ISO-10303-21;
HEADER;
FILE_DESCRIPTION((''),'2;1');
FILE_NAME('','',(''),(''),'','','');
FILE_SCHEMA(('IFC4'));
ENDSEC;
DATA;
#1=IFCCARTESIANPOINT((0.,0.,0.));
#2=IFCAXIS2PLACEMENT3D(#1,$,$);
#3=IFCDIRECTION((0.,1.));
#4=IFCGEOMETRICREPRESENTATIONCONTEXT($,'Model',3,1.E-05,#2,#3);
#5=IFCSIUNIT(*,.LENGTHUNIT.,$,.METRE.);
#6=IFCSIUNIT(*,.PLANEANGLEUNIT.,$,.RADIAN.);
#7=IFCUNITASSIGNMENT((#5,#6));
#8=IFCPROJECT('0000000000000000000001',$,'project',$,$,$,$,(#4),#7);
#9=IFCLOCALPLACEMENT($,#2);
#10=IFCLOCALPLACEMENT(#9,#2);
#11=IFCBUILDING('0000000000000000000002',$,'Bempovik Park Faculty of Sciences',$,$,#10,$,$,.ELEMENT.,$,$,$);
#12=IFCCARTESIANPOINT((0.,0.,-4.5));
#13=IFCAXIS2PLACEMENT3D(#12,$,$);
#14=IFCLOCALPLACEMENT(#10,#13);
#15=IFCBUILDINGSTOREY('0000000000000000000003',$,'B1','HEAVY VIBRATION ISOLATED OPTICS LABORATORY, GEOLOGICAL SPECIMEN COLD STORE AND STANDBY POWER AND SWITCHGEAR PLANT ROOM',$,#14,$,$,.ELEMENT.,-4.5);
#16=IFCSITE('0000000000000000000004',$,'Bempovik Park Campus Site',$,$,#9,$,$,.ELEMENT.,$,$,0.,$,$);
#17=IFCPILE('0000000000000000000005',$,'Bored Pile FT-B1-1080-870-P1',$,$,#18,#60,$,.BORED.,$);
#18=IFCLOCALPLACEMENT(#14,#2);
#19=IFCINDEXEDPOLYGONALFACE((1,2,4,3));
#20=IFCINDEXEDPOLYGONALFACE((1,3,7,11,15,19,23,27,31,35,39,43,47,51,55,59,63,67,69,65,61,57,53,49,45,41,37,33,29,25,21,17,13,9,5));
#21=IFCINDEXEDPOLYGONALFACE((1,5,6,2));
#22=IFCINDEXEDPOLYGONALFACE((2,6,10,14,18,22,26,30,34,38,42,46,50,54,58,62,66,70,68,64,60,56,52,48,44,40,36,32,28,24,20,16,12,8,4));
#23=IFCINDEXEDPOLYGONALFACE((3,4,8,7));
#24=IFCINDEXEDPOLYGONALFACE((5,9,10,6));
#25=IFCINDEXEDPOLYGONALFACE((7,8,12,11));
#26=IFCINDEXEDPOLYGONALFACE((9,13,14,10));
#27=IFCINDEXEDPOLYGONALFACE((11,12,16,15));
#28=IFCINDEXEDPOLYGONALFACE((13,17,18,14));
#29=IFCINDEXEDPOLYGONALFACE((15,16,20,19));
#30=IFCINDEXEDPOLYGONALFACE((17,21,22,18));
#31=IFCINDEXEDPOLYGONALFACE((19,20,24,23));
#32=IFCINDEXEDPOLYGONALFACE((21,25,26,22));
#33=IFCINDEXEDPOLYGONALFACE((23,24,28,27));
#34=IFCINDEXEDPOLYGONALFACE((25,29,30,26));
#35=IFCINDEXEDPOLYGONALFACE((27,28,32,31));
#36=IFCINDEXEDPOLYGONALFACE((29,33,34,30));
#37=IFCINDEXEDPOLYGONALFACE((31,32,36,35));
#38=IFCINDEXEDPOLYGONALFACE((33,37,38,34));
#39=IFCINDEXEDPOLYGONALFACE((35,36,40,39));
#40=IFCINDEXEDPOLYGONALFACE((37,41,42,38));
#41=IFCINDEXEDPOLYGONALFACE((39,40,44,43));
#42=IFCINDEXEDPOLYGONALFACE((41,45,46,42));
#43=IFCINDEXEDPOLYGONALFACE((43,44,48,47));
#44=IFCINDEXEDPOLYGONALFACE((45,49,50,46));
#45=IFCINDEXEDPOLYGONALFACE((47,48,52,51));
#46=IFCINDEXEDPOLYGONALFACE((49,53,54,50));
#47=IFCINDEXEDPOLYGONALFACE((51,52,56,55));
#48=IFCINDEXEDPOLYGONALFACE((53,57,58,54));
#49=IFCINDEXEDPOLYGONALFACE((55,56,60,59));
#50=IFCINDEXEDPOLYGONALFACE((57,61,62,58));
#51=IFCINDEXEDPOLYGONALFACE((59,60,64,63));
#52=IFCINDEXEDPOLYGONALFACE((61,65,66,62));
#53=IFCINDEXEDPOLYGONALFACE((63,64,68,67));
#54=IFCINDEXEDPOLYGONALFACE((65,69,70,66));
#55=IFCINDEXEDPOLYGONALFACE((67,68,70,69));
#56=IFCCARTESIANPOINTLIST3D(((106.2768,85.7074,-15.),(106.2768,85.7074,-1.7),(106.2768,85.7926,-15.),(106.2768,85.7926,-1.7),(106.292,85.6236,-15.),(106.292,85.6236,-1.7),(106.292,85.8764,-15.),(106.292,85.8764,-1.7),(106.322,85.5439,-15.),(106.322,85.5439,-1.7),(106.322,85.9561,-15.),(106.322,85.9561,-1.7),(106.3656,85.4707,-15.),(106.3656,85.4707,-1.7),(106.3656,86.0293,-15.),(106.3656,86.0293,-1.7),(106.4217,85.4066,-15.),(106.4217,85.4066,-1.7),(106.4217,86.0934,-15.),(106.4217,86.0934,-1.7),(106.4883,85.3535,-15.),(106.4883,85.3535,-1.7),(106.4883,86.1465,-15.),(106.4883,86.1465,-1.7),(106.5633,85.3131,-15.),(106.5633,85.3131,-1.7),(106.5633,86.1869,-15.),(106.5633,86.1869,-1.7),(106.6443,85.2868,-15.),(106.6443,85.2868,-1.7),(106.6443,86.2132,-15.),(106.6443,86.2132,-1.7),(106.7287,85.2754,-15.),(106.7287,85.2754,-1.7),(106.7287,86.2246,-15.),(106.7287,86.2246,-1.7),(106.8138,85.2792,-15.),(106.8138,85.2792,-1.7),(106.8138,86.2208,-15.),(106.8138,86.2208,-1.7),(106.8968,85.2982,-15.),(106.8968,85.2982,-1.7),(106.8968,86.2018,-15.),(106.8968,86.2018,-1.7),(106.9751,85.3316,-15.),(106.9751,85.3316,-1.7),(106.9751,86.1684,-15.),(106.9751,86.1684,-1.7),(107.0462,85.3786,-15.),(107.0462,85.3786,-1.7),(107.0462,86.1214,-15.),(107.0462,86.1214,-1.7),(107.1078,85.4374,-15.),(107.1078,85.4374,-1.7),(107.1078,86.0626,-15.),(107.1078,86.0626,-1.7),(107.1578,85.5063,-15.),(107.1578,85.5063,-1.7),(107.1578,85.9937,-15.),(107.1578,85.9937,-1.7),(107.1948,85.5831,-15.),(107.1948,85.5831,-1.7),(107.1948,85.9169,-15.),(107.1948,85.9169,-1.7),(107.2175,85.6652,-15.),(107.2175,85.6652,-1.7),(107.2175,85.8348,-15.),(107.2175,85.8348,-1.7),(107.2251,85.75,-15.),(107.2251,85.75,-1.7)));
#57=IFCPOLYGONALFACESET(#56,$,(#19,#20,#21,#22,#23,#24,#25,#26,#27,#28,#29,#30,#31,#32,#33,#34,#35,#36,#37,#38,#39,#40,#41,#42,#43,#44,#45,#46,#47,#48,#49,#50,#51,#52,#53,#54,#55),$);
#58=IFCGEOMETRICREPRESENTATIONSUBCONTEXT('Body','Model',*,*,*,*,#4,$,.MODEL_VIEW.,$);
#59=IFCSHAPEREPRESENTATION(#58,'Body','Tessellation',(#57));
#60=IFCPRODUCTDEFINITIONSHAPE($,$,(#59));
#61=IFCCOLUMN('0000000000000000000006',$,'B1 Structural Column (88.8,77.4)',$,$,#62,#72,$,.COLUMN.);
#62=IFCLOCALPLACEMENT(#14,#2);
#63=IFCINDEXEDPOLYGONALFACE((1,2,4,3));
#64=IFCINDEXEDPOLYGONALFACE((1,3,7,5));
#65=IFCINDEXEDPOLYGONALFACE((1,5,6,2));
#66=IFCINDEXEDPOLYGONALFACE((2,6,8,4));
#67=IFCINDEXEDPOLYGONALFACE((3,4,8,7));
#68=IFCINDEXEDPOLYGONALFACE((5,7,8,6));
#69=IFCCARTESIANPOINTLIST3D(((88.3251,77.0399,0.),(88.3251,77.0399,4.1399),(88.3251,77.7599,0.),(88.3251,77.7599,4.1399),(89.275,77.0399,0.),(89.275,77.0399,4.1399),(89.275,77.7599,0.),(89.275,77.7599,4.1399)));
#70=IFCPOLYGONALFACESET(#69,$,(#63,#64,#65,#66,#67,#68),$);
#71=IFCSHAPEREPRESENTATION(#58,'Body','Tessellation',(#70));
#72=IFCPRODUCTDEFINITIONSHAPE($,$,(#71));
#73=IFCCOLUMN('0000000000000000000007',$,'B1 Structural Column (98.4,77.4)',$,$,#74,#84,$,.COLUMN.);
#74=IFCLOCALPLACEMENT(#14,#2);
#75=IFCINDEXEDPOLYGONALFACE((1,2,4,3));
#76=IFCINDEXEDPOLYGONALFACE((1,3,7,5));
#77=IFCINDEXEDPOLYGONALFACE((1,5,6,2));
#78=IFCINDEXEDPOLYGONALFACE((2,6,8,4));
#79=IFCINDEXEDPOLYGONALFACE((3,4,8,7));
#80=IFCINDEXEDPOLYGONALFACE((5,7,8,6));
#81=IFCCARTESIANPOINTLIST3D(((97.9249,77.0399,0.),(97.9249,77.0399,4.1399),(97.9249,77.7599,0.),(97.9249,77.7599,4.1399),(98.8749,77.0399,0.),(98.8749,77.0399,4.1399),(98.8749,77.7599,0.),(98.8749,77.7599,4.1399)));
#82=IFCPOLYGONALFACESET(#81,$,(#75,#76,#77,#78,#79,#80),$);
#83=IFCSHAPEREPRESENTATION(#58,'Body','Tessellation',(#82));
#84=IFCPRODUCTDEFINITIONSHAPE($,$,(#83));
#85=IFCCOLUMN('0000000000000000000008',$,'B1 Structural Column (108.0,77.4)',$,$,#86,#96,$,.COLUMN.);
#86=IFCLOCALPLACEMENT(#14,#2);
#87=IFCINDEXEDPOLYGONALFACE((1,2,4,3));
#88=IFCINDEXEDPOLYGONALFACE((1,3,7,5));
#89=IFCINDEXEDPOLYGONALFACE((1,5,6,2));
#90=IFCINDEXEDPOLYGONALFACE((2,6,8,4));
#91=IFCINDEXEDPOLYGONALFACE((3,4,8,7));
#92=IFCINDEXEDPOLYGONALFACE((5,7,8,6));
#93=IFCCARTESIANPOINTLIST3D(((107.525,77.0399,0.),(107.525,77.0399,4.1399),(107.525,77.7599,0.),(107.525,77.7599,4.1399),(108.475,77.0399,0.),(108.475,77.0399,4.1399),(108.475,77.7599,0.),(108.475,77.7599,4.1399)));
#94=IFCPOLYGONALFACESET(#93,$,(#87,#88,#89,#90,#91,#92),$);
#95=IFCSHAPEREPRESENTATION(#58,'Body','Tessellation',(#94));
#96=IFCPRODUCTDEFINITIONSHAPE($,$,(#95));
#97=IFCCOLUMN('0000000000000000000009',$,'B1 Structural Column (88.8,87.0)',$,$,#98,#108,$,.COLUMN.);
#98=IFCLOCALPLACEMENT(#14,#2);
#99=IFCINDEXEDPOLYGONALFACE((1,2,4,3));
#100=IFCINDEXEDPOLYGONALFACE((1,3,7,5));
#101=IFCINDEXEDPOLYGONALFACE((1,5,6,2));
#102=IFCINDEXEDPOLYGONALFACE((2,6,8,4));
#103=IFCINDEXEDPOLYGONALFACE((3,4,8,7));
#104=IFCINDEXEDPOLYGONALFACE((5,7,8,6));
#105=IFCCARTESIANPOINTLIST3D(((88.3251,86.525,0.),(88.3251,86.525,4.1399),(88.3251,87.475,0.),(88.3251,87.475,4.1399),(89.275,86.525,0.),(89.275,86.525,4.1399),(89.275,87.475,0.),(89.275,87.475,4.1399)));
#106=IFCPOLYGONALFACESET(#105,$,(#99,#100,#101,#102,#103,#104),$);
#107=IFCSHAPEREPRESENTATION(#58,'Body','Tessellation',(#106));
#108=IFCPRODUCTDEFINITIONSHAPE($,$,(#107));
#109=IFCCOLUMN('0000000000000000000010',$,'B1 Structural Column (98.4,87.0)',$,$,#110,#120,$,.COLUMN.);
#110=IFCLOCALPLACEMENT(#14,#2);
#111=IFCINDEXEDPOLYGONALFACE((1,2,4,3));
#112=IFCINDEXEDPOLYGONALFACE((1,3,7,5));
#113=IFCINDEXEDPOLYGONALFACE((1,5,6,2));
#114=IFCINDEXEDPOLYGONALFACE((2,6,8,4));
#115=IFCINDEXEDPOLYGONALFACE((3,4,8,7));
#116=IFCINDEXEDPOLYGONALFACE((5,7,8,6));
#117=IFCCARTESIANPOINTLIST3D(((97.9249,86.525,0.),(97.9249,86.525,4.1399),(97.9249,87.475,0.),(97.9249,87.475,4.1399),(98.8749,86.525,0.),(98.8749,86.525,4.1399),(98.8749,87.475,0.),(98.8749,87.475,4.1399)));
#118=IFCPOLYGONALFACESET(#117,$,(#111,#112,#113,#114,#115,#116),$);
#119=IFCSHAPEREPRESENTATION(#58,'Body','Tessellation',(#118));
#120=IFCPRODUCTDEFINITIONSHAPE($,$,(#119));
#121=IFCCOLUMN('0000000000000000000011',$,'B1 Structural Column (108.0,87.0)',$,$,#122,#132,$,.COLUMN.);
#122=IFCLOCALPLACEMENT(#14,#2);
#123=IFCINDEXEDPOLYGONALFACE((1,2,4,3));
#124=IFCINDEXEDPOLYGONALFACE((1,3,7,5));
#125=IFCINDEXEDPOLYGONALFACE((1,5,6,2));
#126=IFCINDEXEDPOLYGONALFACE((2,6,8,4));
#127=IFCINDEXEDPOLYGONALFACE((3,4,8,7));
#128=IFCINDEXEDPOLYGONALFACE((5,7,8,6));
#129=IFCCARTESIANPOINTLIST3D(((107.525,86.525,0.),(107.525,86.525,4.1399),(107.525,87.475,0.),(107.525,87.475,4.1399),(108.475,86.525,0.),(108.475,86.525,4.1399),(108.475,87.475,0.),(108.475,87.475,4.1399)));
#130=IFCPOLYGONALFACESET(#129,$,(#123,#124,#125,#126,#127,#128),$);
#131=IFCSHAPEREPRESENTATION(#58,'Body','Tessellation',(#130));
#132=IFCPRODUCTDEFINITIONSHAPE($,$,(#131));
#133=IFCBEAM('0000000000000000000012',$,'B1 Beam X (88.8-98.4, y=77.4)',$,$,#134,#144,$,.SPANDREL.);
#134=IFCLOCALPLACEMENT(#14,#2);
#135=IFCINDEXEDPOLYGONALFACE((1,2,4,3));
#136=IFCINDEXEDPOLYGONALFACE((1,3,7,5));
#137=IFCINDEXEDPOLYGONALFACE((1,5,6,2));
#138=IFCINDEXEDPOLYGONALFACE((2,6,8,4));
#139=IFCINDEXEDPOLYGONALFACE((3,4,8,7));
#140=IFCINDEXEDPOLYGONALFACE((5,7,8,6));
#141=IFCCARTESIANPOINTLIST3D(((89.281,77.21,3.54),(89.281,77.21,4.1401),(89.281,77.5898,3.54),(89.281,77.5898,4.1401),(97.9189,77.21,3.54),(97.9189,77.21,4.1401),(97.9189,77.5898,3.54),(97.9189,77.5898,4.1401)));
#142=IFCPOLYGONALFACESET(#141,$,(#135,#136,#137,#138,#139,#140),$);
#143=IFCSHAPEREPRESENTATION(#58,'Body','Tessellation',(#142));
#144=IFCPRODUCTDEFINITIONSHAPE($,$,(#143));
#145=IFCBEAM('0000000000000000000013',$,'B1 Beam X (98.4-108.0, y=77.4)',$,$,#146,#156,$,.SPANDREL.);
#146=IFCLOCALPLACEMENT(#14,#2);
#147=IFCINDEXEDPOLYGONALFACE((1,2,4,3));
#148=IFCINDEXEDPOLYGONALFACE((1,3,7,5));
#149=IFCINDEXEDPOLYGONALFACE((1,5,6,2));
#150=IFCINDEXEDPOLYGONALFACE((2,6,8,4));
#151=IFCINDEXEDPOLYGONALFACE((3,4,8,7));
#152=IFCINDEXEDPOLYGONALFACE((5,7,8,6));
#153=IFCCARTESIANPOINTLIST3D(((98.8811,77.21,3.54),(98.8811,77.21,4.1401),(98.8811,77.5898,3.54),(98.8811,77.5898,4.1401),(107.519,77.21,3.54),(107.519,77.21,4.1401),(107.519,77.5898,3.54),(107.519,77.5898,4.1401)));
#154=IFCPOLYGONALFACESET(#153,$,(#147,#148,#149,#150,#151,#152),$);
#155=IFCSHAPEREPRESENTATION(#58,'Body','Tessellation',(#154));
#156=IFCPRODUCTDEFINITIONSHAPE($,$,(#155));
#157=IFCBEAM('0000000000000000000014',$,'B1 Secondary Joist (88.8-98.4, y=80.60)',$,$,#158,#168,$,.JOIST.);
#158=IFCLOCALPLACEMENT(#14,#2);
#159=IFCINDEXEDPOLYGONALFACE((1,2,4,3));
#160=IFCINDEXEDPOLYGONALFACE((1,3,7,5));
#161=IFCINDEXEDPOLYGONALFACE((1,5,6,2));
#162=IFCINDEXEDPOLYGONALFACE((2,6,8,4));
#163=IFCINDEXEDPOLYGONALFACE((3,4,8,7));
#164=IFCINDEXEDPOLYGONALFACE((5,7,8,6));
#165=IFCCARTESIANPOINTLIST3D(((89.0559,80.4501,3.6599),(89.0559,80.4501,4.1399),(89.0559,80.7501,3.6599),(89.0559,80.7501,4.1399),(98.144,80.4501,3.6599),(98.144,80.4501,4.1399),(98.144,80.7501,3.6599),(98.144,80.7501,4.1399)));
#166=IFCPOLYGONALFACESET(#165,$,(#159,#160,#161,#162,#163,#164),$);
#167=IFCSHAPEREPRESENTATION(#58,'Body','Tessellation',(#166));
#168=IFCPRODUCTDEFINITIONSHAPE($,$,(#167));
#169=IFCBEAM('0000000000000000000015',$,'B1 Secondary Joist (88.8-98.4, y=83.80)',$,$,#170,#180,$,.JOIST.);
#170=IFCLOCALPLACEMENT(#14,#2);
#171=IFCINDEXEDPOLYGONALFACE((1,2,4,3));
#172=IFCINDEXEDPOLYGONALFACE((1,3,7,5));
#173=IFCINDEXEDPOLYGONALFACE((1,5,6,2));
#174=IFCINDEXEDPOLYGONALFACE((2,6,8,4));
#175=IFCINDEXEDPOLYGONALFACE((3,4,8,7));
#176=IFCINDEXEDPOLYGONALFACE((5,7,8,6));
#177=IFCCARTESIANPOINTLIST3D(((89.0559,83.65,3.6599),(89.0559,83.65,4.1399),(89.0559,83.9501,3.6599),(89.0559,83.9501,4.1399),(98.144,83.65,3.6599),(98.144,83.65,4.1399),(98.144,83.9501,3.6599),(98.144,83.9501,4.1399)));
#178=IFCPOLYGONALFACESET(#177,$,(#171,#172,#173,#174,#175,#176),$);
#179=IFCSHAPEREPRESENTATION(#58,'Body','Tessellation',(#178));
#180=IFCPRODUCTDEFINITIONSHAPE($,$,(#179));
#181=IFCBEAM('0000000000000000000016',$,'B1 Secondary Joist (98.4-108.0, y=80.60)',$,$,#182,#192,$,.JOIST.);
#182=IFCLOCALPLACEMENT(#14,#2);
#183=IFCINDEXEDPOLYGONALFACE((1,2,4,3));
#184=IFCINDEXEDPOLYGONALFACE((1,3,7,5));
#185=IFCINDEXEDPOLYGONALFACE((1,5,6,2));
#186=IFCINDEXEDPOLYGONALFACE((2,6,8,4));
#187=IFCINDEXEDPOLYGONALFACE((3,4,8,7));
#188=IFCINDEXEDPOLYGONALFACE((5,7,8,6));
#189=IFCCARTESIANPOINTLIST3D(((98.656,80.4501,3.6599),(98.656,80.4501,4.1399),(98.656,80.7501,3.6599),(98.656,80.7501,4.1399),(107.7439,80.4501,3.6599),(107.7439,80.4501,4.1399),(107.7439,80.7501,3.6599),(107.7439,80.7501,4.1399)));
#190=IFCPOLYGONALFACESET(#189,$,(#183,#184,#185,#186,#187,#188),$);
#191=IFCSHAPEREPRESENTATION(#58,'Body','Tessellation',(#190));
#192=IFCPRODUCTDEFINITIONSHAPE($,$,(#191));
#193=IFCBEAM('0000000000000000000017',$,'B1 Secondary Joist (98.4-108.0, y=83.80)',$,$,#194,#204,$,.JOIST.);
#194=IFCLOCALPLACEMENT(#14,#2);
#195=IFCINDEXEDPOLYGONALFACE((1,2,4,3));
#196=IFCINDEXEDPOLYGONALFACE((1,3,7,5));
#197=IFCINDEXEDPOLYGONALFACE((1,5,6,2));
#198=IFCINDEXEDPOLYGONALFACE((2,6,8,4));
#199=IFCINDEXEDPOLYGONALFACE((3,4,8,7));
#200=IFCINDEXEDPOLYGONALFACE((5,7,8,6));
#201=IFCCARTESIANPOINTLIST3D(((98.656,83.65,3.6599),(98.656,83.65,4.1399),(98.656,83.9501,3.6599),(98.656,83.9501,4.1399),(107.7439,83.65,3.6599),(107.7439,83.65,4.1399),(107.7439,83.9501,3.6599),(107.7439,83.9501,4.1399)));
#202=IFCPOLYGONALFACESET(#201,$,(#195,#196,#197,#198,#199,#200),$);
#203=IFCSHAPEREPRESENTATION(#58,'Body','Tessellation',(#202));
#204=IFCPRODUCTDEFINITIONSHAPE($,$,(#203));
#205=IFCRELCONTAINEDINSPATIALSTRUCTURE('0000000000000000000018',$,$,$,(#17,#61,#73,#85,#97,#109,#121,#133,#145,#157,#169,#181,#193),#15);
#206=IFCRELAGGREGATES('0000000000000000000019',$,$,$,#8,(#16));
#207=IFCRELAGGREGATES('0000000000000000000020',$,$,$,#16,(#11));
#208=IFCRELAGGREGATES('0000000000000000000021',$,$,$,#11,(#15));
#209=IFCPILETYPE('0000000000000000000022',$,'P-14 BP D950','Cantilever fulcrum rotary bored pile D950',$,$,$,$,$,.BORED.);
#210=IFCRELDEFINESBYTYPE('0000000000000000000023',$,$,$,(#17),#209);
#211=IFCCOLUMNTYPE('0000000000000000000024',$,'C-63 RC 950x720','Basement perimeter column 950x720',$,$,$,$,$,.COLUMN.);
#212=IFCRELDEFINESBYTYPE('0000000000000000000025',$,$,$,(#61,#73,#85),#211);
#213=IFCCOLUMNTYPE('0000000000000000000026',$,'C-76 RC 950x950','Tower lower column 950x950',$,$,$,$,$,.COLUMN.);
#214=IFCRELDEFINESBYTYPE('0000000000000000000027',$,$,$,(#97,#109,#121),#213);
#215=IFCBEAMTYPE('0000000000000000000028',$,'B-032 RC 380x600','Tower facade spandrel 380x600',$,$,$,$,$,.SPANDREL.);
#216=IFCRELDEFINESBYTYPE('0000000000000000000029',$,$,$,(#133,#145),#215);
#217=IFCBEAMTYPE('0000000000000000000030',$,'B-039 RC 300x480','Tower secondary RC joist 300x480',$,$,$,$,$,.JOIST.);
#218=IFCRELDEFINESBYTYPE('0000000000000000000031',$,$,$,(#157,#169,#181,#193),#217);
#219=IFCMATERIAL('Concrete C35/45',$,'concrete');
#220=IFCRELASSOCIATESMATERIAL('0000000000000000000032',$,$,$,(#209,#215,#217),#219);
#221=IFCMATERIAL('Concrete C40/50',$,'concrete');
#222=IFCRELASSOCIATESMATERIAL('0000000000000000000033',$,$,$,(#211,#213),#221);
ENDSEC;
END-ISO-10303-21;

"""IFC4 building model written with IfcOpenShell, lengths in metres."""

from ifc_helpers import new_model, si_unit, direction, frame, origin, origin_2d, place, context, subcontext, project, spatial, rectangle, circle, extrude, material, material_profile, profile_set, type_object, element, save


model = new_model("IFC4")

# Units and contexts
model_context = context("Model", 3, precision=1e-05, world=origin(), true_north=direction((0.0, 1.0)))
body_context = subcontext(model_context, "Body", "Model", "MODEL_VIEW")
ifc_project = project(units=[si_unit("LENGTHUNIT", "METRE"), si_unit("PLANEANGLEUNIT", "RADIAN")], contexts=[model_context])

# Site, building, storey
site_placement = place(None, origin())
site = spatial("IfcSite", under=ifc_project, at=site_placement, Name="Bempovik Park Campus Site", CompositionType="ELEMENT", RefElevation=0.0)
building_placement = place(site_placement, origin())
building = spatial("IfcBuilding", under=site, at=building_placement, Name="Bempovik Park Faculty of Sciences", CompositionType="ELEMENT")
storey_placement = place(building_placement, frame((0.0, 0.0, -4.5)))
storey = spatial("IfcBuildingStorey", under=building, at=storey_placement, Name="B1", Description="HEAVY VIBRATION ISOLATED OPTICS LABORATORY, GEOLOGICAL SPECIMEN COLD STORE AND STANDBY POWER AND SWITCHGEAR PLANT ROOM", CompositionType="ELEMENT", Elevation=-4.5)

# Shared definitions
ifc_material_1 = material(Name="Concrete C35/45", Category="concrete")

# Pile
ifc_material_profile_1 = material_profile(ifc_material_1, circle(Radius=0.4751, at=origin_2d()), Name="BP D950")
ifc_profile_set_1 = profile_set([ifc_material_profile_1], Name="Concrete C35/45")
pile_type_1 = type_object("IfcPileType", Name="P-14 BP D950", Description="Cantilever fulcrum rotary bored pile D950", PredefinedType="BORED", material=ifc_profile_set_1)
for number, where, z_axis, x_axis, name in (
    (1, (106.75, 85.75, -1.7), (0.0, 0.0, -1.0), (1.0, 0.0, 0.0), "Bored Pile FT-B1-1080-870-P1"),
):
    element("IfcPile", number, at=place(storey_placement, frame(where, z_axis=z_axis, x_axis=x_axis)), inside=storey, type_object=pile_type_1, Name=name, PredefinedType="BORED", context=body_context, shape_type="SweptSolid", body=[
        extrude(circle(Radius=0.4751, at=origin_2d()), origin(), (0.0, 0.0, 1.0), 13.3),
    ])

# Columns
ifc_material_2 = material(Name="Concrete C40/50", Category="concrete")
ifc_material_profile_2 = material_profile(ifc_material_2, rectangle(XDim=0.95, YDim=0.72, at=origin_2d()), Name="RC 950x720")
ifc_profile_set_2 = profile_set([ifc_material_profile_2], Name="Concrete C40/50")
column_type_1 = type_object("IfcColumnType", Name="C-63 RC 950x720", Description="Basement perimeter column 950x720", PredefinedType="COLUMN", material=ifc_profile_set_2)
for number, where, z_axis, x_axis, name in (
    (2, (88.8, 77.3999, 0.0), (0.0, 0.0, 1.0), (1.0, 0.0, 0.0), "B1 Structural Column (88.8,77.4)"),
    (3, (98.3999, 77.3999, 0.0), (0.0, 0.0, 1.0), (1.0, 0.0, 0.0), "B1 Structural Column (98.4,77.4)"),
    (4, (108.0, 77.3999, 0.0), (0.0, 0.0, 1.0), (1.0, 0.0, 0.0), "B1 Structural Column (108.0,77.4)"),
):
    element("IfcColumn", number, at=place(storey_placement, frame(where, z_axis=z_axis, x_axis=x_axis)), inside=storey, type_object=column_type_1, Name=name, PredefinedType="COLUMN", context=body_context, shape_type="SweptSolid", body=[
        extrude(rectangle(XDim=0.95, YDim=0.72, at=origin_2d()), origin(), (0.0, 0.0, 1.0), 4.1399),
    ])
ifc_material_profile_3 = material_profile(ifc_material_2, rectangle(XDim=0.95, YDim=0.95, at=origin_2d()), Name="RC 950x950")
ifc_profile_set_3 = profile_set([ifc_material_profile_3], Name="Concrete C40/50")
column_type_2 = type_object("IfcColumnType", Name="C-76 RC 950x950", Description="Tower lower column 950x950", PredefinedType="COLUMN", material=ifc_profile_set_3)
for number, where, z_axis, x_axis, name in (
    (5, (88.8, 87.0, 0.0), (0.0, 0.0, 1.0), (1.0, 0.0, 0.0), "B1 Structural Column (88.8,87.0)"),
    (6, (98.3999, 87.0, 0.0), (0.0, 0.0, 1.0), (1.0, 0.0, 0.0), "B1 Structural Column (98.4,87.0)"),
    (7, (108.0, 87.0, 0.0), (0.0, 0.0, 1.0), (1.0, 0.0, 0.0), "B1 Structural Column (108.0,87.0)"),
):
    element("IfcColumn", number, at=place(storey_placement, frame(where, z_axis=z_axis, x_axis=x_axis)), inside=storey, type_object=column_type_2, Name=name, PredefinedType="COLUMN", context=body_context, shape_type="SweptSolid", body=[
        extrude(rectangle(XDim=0.95, YDim=0.95, at=origin_2d()), origin(), (0.0, 0.0, 1.0), 4.1399),
    ])

# Beams
ifc_material_profile_4 = material_profile(ifc_material_1, rectangle(XDim=0.3799, YDim=0.6001, at=origin_2d()), Name="RC 380x600")
ifc_profile_set_4 = profile_set([ifc_material_profile_4], Name="Concrete C35/45")
beam_type_1 = type_object("IfcBeamType", Name="B-032 RC 380x600", Description="Tower facade spandrel 380x600", PredefinedType="SPANDREL", material=ifc_profile_set_4)
for number, where, z_axis, x_axis, name in (
    (8, (89.281, 77.3999, 3.8401), (1.0, 0.0, 0.0), (0.0, 1.0, 0.0), "B1 Beam X (88.8-98.4, y=77.4)"),
    (9, (98.8811, 77.3999, 3.8401), (1.0, 0.0, 0.0), (0.0, 1.0, 0.0), "B1 Beam X (98.4-108.0, y=77.4)"),
):
    element("IfcBeam", number, at=place(storey_placement, frame(where, z_axis=z_axis, x_axis=x_axis)), inside=storey, type_object=beam_type_1, Name=name, PredefinedType="SPANDREL", context=body_context, shape_type="SweptSolid", body=[
        extrude(rectangle(XDim=0.3799, YDim=0.6001, at=origin_2d()), origin(), (0.0, 0.0, 1.0), 8.6379),
    ])
ifc_material_profile_5 = material_profile(ifc_material_1, rectangle(XDim=0.3, YDim=0.48, at=origin_2d()), Name="RC 300x480")
ifc_profile_set_5 = profile_set([ifc_material_profile_5], Name="Concrete C35/45")
beam_type_2 = type_object("IfcBeamType", Name="B-039 RC 300x480", Description="Tower secondary RC joist 300x480", PredefinedType="JOIST", material=ifc_profile_set_5)
for number, where, z_axis, x_axis, name in (
    (10, (89.0559, 80.6001, 3.8999), (1.0, 0.0, 0.0), (0.0, 1.0, 0.0), "B1 Secondary Joist (88.8-98.4, y=80.60)"),
    (11, (89.0559, 83.8, 3.8999), (1.0, 0.0, 0.0), (0.0, 1.0, 0.0), "B1 Secondary Joist (88.8-98.4, y=83.80)"),
):
    element("IfcBeam", number, at=place(storey_placement, frame(where, z_axis=z_axis, x_axis=x_axis)), inside=storey, type_object=beam_type_2, Name=name, PredefinedType="JOIST", context=body_context, shape_type="SweptSolid", body=[
        extrude(rectangle(XDim=0.3, YDim=0.48, at=origin_2d()), origin(), (0.0, 0.0, 1.0), 9.0881),
    ])
for number, where, z_axis, x_axis, name in (
    (12, (98.656, 80.6001, 3.8999), (1.0, 0.0, 0.0), (0.0, 1.0, 0.0), "B1 Secondary Joist (98.4-108.0, y=80.60)"),
    (13, (98.656, 83.8, 3.8999), (1.0, 0.0, 0.0), (0.0, 1.0, 0.0), "B1 Secondary Joist (98.4-108.0, y=83.80)"),
):
    element("IfcBeam", number, at=place(storey_placement, frame(where, z_axis=z_axis, x_axis=x_axis)), inside=storey, type_object=beam_type_2, Name=name, PredefinedType="JOIST", context=body_context, shape_type="SweptSolid", body=[
        extrude(rectangle(XDim=0.3, YDim=0.48, at=origin_2d()), origin(), (0.0, 0.0, 1.0), 9.0879),
    ])

save(model, "model.ifc")
